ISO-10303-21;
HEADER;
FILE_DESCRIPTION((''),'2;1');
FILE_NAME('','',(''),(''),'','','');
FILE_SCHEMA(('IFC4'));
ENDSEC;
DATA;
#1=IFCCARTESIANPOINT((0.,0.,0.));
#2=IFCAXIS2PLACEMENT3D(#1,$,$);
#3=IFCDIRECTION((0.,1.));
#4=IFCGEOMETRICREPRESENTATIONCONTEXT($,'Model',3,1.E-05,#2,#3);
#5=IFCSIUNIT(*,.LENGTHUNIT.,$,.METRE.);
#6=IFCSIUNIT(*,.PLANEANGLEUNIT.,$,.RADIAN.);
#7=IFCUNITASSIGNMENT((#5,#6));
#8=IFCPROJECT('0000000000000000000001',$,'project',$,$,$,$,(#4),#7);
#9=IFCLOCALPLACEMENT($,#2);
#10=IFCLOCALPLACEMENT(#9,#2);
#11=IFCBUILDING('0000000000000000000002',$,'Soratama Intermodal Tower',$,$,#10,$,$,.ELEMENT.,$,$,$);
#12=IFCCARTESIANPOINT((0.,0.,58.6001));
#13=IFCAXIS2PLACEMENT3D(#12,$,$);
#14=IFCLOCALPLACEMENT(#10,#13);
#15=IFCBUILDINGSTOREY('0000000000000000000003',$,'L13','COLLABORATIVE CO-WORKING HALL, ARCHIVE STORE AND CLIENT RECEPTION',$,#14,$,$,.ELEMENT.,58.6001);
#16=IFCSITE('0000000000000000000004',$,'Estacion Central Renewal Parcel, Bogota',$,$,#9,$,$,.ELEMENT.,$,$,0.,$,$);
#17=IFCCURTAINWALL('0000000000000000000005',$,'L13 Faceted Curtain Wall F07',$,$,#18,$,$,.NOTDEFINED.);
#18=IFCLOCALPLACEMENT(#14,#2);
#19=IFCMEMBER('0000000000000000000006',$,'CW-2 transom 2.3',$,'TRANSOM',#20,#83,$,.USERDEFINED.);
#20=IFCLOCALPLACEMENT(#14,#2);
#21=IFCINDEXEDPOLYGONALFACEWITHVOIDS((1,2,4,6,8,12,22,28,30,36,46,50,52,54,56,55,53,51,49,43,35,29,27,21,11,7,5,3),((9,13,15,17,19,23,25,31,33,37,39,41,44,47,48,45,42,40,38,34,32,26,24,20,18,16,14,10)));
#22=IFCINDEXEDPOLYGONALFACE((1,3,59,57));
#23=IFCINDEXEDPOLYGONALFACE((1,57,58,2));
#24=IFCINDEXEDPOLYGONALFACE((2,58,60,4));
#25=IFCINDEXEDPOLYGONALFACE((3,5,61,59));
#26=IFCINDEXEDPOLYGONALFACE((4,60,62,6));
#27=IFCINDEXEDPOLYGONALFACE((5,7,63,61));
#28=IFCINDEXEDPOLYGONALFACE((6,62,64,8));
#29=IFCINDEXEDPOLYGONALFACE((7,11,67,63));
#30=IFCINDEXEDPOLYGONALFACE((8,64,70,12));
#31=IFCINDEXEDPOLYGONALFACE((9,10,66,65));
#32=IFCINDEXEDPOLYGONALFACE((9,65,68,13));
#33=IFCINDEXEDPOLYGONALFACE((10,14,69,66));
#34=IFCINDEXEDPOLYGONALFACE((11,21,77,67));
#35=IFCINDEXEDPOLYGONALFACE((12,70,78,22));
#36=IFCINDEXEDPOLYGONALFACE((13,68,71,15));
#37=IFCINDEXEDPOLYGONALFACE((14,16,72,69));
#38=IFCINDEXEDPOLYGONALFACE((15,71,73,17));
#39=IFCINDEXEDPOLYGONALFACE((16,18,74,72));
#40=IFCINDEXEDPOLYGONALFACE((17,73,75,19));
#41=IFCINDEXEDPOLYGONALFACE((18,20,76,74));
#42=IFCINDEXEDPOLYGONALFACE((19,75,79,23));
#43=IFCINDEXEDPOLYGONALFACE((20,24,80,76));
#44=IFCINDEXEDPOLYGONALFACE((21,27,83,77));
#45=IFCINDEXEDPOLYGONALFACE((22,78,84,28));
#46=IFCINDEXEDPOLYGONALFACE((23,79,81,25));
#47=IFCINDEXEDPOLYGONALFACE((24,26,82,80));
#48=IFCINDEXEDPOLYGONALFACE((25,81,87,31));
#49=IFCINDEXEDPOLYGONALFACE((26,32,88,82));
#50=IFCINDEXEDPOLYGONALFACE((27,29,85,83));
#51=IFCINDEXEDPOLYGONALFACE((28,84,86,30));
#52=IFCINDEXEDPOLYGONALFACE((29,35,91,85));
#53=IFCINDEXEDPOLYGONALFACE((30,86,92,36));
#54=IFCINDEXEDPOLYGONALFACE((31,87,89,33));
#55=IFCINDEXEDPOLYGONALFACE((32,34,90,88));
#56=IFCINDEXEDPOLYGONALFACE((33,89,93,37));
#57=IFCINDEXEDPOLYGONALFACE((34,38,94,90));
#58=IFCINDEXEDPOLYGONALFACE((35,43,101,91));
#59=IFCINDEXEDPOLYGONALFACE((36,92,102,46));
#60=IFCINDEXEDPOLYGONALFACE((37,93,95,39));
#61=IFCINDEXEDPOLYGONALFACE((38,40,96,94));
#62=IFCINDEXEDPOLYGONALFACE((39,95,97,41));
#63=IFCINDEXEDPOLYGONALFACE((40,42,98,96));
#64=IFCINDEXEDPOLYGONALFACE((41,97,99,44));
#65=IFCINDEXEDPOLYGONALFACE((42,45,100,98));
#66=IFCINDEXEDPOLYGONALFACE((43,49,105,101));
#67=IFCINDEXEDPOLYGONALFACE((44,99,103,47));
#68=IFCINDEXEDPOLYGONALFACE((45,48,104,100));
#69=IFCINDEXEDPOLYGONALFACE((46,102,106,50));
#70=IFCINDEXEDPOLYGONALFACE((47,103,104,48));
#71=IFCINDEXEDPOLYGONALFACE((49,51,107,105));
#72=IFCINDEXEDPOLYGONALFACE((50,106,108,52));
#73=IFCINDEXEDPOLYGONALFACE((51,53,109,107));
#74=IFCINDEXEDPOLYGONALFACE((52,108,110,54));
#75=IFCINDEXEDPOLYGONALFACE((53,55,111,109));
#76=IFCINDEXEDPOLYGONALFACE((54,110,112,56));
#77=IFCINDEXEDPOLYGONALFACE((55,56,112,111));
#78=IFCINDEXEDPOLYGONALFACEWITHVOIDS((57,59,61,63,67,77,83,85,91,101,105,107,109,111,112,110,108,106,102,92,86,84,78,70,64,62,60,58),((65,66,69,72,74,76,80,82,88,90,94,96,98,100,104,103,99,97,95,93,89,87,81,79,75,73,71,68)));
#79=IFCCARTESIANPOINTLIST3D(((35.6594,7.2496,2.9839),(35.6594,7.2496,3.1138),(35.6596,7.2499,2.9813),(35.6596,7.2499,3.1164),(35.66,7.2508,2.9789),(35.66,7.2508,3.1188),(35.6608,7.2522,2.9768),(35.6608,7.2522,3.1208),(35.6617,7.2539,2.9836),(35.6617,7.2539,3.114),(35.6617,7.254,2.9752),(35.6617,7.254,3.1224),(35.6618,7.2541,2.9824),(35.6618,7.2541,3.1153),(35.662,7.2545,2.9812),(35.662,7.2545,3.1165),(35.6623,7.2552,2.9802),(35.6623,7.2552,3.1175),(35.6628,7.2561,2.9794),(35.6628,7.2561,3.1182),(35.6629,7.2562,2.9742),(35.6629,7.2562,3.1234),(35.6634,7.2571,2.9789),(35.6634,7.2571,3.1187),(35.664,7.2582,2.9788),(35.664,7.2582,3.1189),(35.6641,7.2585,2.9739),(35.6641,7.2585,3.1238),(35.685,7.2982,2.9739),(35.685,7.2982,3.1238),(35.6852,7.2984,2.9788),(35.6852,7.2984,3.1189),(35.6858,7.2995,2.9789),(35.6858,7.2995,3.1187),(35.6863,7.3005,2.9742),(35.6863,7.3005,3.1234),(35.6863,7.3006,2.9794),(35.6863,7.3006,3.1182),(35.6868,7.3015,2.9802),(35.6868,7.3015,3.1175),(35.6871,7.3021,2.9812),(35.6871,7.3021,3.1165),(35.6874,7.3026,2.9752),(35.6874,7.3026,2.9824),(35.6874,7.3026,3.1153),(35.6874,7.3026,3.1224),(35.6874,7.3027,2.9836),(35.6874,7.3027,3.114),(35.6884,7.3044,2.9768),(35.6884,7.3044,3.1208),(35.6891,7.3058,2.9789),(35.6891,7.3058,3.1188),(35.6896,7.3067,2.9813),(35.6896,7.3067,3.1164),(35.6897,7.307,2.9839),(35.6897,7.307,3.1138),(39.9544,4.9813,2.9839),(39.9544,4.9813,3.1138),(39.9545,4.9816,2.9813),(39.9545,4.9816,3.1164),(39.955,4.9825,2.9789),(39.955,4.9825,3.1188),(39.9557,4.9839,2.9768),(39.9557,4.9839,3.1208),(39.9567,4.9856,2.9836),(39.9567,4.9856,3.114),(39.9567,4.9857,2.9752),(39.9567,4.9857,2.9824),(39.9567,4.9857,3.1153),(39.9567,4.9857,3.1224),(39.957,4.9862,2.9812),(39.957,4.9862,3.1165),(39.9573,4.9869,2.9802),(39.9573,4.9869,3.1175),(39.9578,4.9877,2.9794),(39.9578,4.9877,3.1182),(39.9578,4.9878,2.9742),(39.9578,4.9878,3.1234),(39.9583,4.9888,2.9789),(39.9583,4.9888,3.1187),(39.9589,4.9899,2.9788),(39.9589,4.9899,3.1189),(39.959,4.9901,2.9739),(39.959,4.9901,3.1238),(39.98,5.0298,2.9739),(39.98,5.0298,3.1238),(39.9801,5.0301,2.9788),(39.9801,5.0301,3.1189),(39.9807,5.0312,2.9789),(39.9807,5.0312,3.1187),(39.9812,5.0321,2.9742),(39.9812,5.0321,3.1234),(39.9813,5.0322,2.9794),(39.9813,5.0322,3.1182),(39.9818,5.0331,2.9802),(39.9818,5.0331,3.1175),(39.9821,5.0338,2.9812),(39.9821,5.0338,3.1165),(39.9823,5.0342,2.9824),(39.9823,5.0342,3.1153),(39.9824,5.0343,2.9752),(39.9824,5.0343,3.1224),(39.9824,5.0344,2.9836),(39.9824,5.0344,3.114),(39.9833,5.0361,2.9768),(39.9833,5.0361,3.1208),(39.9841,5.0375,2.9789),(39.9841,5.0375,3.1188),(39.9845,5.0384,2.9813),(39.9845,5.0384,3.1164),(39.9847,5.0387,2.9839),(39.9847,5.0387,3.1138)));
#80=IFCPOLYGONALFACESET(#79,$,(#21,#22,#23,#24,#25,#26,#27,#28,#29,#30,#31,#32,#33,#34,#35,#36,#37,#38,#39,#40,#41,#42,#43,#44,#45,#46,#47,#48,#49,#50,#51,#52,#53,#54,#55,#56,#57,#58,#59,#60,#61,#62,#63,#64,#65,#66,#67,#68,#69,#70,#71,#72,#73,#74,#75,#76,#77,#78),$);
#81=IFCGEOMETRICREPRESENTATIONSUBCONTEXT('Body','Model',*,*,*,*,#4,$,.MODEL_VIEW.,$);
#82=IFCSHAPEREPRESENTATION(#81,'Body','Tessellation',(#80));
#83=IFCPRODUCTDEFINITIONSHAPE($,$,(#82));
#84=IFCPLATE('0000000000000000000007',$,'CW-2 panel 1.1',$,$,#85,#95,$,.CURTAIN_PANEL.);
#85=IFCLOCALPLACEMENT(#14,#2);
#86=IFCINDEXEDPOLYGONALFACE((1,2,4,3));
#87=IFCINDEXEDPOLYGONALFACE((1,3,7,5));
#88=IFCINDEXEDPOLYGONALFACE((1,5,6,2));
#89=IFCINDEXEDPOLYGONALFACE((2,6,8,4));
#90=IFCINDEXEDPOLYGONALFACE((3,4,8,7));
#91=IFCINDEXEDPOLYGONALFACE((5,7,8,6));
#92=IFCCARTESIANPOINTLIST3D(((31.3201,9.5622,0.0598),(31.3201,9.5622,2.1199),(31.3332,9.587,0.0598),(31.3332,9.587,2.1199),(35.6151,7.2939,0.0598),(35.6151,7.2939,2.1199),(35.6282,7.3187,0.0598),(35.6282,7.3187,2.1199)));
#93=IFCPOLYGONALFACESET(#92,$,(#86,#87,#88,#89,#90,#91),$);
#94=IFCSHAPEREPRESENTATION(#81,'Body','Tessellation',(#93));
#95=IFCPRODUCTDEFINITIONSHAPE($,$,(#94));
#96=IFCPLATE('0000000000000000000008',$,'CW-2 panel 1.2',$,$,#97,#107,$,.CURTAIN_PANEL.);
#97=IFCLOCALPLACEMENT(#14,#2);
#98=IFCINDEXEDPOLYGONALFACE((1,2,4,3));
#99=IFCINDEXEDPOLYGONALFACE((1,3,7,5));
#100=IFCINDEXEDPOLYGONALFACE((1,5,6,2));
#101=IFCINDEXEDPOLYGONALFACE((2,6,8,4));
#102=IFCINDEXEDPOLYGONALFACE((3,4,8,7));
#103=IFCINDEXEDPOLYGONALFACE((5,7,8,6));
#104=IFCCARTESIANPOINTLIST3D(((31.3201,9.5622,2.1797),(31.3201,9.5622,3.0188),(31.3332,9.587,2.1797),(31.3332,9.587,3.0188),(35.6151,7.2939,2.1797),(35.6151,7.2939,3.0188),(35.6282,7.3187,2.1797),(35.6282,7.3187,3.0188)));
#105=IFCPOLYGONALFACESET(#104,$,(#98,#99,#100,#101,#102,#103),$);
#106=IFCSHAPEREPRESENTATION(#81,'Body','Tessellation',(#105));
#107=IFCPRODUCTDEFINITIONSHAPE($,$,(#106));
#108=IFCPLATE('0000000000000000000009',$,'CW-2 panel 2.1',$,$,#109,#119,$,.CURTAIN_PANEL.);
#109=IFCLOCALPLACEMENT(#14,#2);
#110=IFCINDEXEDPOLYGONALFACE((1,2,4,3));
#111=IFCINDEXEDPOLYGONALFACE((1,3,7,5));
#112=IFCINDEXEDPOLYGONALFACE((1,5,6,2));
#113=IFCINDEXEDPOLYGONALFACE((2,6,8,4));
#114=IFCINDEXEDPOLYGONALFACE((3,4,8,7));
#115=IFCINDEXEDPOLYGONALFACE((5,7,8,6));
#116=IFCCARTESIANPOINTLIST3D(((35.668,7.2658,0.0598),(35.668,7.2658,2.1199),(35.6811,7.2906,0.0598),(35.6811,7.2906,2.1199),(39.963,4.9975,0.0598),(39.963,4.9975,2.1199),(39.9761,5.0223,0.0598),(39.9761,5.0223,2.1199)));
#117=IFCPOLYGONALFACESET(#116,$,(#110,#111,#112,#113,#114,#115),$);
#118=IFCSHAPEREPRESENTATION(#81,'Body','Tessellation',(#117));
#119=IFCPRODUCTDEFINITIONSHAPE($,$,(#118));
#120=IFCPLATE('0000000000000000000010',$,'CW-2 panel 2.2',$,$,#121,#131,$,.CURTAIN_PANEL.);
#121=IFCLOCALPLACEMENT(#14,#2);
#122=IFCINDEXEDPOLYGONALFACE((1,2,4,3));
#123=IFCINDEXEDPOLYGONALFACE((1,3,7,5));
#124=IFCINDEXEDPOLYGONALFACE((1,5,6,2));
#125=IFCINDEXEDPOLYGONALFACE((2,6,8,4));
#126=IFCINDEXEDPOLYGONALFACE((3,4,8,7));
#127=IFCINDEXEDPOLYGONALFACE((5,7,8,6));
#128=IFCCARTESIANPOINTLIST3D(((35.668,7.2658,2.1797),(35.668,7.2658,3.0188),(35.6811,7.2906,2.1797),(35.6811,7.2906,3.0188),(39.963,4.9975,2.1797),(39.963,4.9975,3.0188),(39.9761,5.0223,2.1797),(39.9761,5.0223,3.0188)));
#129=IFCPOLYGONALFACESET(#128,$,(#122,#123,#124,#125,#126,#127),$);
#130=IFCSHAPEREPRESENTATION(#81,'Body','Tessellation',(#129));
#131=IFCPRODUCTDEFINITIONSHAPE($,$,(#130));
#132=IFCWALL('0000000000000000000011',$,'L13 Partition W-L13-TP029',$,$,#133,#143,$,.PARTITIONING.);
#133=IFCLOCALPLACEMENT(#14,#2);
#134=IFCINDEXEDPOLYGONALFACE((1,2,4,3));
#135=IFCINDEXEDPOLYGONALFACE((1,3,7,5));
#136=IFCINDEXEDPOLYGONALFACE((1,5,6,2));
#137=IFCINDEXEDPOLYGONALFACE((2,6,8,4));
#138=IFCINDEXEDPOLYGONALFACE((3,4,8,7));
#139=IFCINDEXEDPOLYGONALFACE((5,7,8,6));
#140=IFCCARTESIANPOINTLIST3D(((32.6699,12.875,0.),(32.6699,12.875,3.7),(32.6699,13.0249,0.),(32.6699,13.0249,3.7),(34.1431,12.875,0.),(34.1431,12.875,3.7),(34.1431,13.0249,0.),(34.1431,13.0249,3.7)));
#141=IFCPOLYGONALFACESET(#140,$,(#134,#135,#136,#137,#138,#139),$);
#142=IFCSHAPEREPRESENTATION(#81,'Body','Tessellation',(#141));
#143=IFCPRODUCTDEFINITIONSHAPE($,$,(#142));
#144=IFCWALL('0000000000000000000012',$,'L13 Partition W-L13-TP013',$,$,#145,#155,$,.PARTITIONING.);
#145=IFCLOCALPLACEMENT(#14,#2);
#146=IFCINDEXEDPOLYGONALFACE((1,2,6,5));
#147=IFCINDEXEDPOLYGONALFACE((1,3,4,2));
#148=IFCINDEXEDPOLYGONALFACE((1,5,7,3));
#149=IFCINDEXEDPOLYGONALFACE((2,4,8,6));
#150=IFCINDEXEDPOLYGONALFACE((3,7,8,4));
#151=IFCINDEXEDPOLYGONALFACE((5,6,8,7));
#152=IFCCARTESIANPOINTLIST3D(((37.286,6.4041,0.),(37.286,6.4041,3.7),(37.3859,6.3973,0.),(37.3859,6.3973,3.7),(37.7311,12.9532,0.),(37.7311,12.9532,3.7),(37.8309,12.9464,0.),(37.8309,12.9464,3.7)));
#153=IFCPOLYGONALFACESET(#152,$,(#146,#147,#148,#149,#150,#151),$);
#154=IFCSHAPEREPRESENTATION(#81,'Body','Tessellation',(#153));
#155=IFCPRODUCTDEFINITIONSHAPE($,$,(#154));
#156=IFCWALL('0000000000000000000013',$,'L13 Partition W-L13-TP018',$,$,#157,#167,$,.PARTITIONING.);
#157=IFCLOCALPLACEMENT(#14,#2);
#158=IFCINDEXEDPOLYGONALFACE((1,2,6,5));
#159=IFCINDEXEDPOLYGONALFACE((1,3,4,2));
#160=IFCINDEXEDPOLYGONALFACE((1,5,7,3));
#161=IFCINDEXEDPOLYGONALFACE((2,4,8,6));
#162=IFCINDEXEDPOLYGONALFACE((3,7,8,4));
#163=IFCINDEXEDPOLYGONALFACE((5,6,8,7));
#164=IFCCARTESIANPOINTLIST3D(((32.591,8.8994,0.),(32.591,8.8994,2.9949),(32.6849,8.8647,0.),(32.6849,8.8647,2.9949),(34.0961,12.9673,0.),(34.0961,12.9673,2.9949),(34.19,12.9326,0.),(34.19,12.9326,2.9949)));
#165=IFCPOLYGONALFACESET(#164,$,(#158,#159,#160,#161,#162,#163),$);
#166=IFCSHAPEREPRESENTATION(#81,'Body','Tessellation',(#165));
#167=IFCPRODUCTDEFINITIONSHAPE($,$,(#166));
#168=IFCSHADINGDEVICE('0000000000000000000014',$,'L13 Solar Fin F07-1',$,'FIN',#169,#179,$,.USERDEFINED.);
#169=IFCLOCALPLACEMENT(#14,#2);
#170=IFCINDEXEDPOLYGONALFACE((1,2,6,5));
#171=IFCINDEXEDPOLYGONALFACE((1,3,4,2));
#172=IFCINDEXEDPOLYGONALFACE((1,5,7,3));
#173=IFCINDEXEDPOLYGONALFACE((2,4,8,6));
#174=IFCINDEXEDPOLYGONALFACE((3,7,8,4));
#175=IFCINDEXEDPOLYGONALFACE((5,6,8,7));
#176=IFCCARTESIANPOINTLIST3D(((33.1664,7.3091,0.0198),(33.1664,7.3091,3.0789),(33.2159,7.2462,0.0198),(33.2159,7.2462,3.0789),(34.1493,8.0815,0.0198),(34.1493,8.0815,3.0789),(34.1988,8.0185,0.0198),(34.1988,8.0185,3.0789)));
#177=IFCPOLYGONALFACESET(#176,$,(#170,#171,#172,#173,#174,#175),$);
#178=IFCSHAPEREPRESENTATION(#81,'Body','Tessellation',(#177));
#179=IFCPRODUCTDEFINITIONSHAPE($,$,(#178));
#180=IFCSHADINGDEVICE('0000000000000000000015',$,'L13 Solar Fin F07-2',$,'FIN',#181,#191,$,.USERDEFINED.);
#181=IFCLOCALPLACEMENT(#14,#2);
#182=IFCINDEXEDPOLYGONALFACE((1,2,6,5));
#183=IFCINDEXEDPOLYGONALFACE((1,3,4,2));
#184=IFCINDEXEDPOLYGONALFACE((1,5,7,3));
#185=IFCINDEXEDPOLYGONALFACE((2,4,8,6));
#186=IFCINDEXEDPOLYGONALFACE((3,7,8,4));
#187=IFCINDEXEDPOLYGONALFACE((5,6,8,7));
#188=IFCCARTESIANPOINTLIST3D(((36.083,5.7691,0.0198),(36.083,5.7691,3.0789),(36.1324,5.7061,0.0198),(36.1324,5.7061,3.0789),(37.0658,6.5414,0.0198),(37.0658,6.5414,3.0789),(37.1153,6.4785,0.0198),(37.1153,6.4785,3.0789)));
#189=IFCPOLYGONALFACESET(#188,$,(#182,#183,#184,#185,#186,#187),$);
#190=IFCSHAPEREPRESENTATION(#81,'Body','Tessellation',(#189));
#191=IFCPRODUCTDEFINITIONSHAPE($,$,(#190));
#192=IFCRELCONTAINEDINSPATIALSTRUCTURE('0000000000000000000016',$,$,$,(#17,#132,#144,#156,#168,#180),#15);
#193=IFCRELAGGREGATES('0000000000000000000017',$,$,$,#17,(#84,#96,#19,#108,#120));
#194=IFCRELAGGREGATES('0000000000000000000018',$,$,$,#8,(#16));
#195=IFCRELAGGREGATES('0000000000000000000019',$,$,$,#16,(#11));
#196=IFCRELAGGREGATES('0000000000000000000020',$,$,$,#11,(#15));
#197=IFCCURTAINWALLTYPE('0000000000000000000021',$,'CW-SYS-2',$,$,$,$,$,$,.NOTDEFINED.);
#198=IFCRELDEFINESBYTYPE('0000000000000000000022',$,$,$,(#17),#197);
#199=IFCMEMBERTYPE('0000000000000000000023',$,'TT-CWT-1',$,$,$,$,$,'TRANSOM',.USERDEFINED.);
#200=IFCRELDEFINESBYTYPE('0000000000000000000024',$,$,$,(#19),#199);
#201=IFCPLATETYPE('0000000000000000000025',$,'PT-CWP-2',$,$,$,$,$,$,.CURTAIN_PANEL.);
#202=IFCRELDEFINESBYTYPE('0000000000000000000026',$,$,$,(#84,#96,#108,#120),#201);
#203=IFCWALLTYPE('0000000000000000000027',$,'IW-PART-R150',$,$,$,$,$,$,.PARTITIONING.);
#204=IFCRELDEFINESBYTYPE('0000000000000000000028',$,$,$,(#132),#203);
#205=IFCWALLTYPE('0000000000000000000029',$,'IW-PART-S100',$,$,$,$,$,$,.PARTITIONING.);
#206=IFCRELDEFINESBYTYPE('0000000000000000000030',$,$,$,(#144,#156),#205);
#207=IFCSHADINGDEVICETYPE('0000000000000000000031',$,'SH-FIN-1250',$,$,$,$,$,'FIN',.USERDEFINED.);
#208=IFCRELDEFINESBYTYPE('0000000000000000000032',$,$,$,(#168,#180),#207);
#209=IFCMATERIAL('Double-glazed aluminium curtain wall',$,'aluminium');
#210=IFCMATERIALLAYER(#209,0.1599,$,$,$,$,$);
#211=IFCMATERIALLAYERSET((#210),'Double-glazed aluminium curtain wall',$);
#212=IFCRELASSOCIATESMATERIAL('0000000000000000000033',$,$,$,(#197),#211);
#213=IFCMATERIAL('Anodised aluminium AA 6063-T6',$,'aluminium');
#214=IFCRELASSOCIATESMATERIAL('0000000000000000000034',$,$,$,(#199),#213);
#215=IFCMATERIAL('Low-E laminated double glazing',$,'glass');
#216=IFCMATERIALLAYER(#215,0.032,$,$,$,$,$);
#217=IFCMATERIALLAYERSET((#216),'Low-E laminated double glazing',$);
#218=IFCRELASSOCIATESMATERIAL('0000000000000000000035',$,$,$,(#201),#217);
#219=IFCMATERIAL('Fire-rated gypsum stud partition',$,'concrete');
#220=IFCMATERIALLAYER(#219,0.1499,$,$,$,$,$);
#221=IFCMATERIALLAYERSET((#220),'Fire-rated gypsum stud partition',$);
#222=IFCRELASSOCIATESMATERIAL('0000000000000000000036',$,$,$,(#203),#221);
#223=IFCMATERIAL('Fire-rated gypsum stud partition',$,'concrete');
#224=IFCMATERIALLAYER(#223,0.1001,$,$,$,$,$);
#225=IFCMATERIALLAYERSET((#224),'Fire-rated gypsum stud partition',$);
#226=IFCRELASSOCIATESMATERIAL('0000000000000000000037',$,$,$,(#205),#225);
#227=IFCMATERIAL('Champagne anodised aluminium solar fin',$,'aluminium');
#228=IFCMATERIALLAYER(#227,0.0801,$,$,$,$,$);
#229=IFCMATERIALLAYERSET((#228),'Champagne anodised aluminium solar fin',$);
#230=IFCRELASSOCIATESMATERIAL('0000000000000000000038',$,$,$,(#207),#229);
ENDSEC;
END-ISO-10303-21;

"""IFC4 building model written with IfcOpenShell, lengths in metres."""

from ifc_helpers import new_model, si_unit, direction, frame, frame_2d, origin, origin_2d, place, context, subcontext, project, spatial, rectangle, hollow_rectangle, extrude, material, layer, layer_set, material_profile, profile_set, type_object, element, aggregate, save


model = new_model("IFC4")

# Units and contexts
model_context = context("Model", 3, precision=1e-05, world=origin(), true_north=direction((0.0, 1.0)))
body_context = subcontext(model_context, "Body", "Model", "MODEL_VIEW")
ifc_project = project(units=[si_unit("LENGTHUNIT", "METRE"), si_unit("PLANEANGLEUNIT", "RADIAN")], contexts=[model_context])

# Site, building, storey
site_placement = place(None, origin())
site = spatial("IfcSite", under=ifc_project, at=site_placement, Name="Estacion Central Renewal Parcel, Bogota", CompositionType="ELEMENT", RefElevation=0.0)
building_placement = place(site_placement, origin())
building = spatial("IfcBuilding", under=site, at=building_placement, Name="Soratama Intermodal Tower", CompositionType="ELEMENT")
storey_placement = place(building_placement, frame((0.0, 0.0, 58.6001)))
storey = spatial("IfcBuildingStorey", under=building, at=storey_placement, Name="L13", Description="COLLABORATIVE CO-WORKING HALL, ARCHIVE STORE AND CLIENT RECEPTION", CompositionType="ELEMENT", Elevation=58.6001)

# Curtain wall, member, plates
ifc_material_1 = material(Name="Double-glazed aluminium curtain wall", Category="aluminium")
ifc_layer_1 = layer(ifc_material_1, 0.1599)
ifc_layer_set_1 = layer_set([ifc_layer_1], Name="Double-glazed aluminium curtain wall")
curtain_wall_type = type_object("IfcCurtainWallType", Name="CW-SYS-2", PredefinedType="NOTDEFINED", material=ifc_layer_set_1)
curtain_wall_placement = place(storey_placement, origin())
curtain_wall = element("IfcCurtainWall", 1, at=curtain_wall_placement, inside=storey, type_object=curtain_wall_type, Name="L13 Faceted Curtain Wall F07", PredefinedType="NOTDEFINED")
ifc_material_2 = material(Name="Anodised aluminium AA 6063-T6", Category="aluminium")
ifc_material_profile_1 = material_profile(ifc_material_2, hollow_rectangle(XDim=0.0649, YDim=0.1499, WallThickness=0.0049, InnerFilletRadius=0.0049, OuterFilletRadius=0.01, at=origin_2d()), Name="CWT150X65X5")
ifc_profile_set_1 = profile_set([ifc_material_profile_1], Name="Anodised aluminium AA 6063-T6")
member_type_1 = type_object("IfcMemberType", Name="TT-CWT-1", ElementType="TRANSOM", PredefinedType="USERDEFINED", material=ifc_profile_set_1)
member_1_placement = place(storey_placement, frame((35.6746, 7.2783, 3.0488), z_axis=(0.884253, -0.467008, 0.0), x_axis=(0.467008, 0.884253, 0.0)))
member_1 = element("IfcMember", 2, at=member_1_placement, type_object=member_type_1, Name="CW-2 transom 2.3", ObjectType="TRANSOM", PredefinedType="USERDEFINED", context=body_context, shape_type="SweptSolid", body=[
    extrude(hollow_rectangle(XDim=0.0649, YDim=0.1499, WallThickness=0.0049, InnerFilletRadius=0.0049, OuterFilletRadius=0.01, at=origin_2d()), origin(), (0.0, 0.0, 1.0), 4.8572),
])
ifc_material_3 = material(Name="Low-E laminated double glazing", Category="glass")
ifc_layer_2 = layer(ifc_material_3, 0.032)
ifc_layer_set_2 = layer_set([ifc_layer_2], Name="Low-E laminated double glazing")
plate_type = type_object("IfcPlateType", Name="PT-CWP-2", PredefinedType="CURTAIN_PANEL", material=ifc_layer_set_2)
plate_1_placement = place(storey_placement, frame((33.4741, 8.4404, 0.0598), z_axis=(0.0, 0.0, 1.0), x_axis=(0.884257, -0.467001, 0.0)))
plate_1 = element("IfcPlate", 3, at=plate_1_placement, type_object=plate_type, Name="CW-2 panel 1.1", PredefinedType="CURTAIN_PANEL", context=body_context, shape_type="SweptSolid", body=[
    extrude(rectangle(XDim=4.8572, YDim=0.0281, at=origin_2d()), origin(), (0.0, 0.0, 1.0), 2.0601),
])
plate_2_placement = place(storey_placement, frame((33.4741, 8.4404, 2.1797), z_axis=(0.0, 0.0, 1.0), x_axis=(0.884257, -0.467001, 0.0)))
plate_2 = element("IfcPlate", 4, at=plate_2_placement, type_object=plate_type, Name="CW-2 panel 1.2", PredefinedType="CURTAIN_PANEL", context=body_context, shape_type="SweptSolid", body=[
    extrude(rectangle(XDim=4.8572, YDim=0.0281, at=origin_2d()), origin(), (0.0, 0.0, 1.0), 0.8391),
])
plate_3_placement = place(storey_placement, frame((37.822, 6.144, 0.0598), z_axis=(0.0, 0.0, 1.0), x_axis=(0.884257, -0.467001, 0.0)))
plate_3 = element("IfcPlate", 5, at=plate_3_placement, type_object=plate_type, Name="CW-2 panel 2.1", PredefinedType="CURTAIN_PANEL", context=body_context, shape_type="SweptSolid", body=[
    extrude(rectangle(XDim=4.8572, YDim=0.0281, at=origin_2d()), origin(), (0.0, 0.0, 1.0), 2.0601),
])
plate_4_placement = place(storey_placement, frame((37.822, 6.144, 2.1797), z_axis=(0.0, 0.0, 1.0), x_axis=(0.884257, -0.467001, 0.0)))
plate_4 = element("IfcPlate", 6, at=plate_4_placement, type_object=plate_type, Name="CW-2 panel 2.2", PredefinedType="CURTAIN_PANEL", context=body_context, shape_type="SweptSolid", body=[
    extrude(rectangle(XDim=4.8572, YDim=0.0281, at=origin_2d()), origin(), (0.0, 0.0, 1.0), 0.8391),
])
aggregate(curtain_wall, [plate_1, plate_2, member_1, plate_3, plate_4])

# Shared definitions
ifc_material_4 = material(Name="Fire-rated gypsum stud partition", Category="concrete")
ifc_layer_3 = layer(ifc_material_4, 0.1499)
ifc_layer_set_3 = layer_set([ifc_layer_3], Name="Fire-rated gypsum stud partition")
wall_type_1 = type_object("IfcWallType", Name="IW-PART-R150", PredefinedType="PARTITIONING", material=ifc_layer_set_3)

# Walls
wall_1_placement = place(storey_placement, frame((34.1431, 12.95, 0.0), z_axis=(0.0, 0.0, 1.0), x_axis=(-1.0, 0.0, 0.0)))
element("IfcWall", 7, at=wall_1_placement, inside=storey, type_object=wall_type_1, Name="L13 Partition W-L13-TP029", PredefinedType="PARTITIONING", context=body_context, shape_type="SweptSolid", body=[
    extrude(rectangle(XDim=1.4731, YDim=0.1499, at=frame_2d((0.7366, 0.0))), origin(), (0.0, 0.0, 1.0), 3.7),
])
ifc_material_5 = material(Name="Fire-rated gypsum stud partition", Category="concrete")
ifc_layer_4 = layer(ifc_material_5, 0.1001)
ifc_layer_set_4 = layer_set([ifc_layer_4], Name="Fire-rated gypsum stud partition")
wall_type_2 = type_object("IfcWallType", Name="IW-PART-S100", PredefinedType="PARTITIONING", material=ifc_layer_set_4)
wall_2_placement = place(storey_placement, frame((37.781, 12.95, 0.0), z_axis=(0.0, 0.0, 1.0), x_axis=(-0.067803, -0.997699, 0.0)))
element("IfcWall", 8, at=wall_2_placement, inside=storey, type_object=wall_type_2, Name="L13 Partition W-L13-TP013", PredefinedType="PARTITIONING", context=body_context, shape_type="SweptSolid", body=[
    extrude(rectangle(XDim=6.5642, YDim=0.1001, at=frame_2d((3.2822, 0.0))), origin(), (0.0, 0.0, 1.0), 3.7),
])
wall_3_placement = place(storey_placement, frame((34.1431, 12.95, 0.0), z_axis=(0.0, 0.0, 1.0), x_axis=(-0.347012, -0.937861, 0.0)))
element("IfcWall", 9, at=wall_3_placement, inside=storey, type_object=wall_type_2, Name="L13 Partition W-L13-TP018", PredefinedType="PARTITIONING", context=body_context, shape_type="SweptSolid", body=[
    extrude(rectangle(XDim=4.3374, YDim=0.1001, at=frame_2d((2.1687, 0.0))), origin(), (0.0, 0.0, 1.0), 2.9949),
])

# Shading devices
ifc_material_6 = material(Name="Champagne anodised aluminium solar fin", Category="aluminium")
ifc_layer_5 = layer(ifc_material_6, 0.0801)
ifc_layer_set_5 = layer_set([ifc_layer_5], Name="Champagne anodised aluminium solar fin")
shading_device_type = type_object("IfcShadingDeviceType", Name="SH-FIN-1250", ElementType="FIN", PredefinedType="USERDEFINED", material=ifc_layer_set_5)
for number, where, z_axis, x_axis, name in (
    (10, (33.6826, 7.6638, 0.0198), (0.0, 0.0, 1.0), (-0.786288, -0.61786, 0.0), "L13 Solar Fin F07-1"),
    (11, (36.5991, 6.1238, 0.0198), (0.0, 0.0, 1.0), (-0.786288, -0.61786, 0.0), "L13 Solar Fin F07-2"),
):
    element("IfcShadingDevice", number, at=place(storey_placement, frame(where, z_axis=z_axis, x_axis=x_axis)), inside=storey, type_object=shading_device_type, Name=name, ObjectType="FIN", PredefinedType="USERDEFINED", context=body_context, shape_type="SweptSolid", body=[
        extrude(rectangle(XDim=1.25, YDim=0.0801, at=origin_2d()), origin(), (0.0, 0.0, 1.0), 3.0591),
    ])

save(model, "model.ifc")
